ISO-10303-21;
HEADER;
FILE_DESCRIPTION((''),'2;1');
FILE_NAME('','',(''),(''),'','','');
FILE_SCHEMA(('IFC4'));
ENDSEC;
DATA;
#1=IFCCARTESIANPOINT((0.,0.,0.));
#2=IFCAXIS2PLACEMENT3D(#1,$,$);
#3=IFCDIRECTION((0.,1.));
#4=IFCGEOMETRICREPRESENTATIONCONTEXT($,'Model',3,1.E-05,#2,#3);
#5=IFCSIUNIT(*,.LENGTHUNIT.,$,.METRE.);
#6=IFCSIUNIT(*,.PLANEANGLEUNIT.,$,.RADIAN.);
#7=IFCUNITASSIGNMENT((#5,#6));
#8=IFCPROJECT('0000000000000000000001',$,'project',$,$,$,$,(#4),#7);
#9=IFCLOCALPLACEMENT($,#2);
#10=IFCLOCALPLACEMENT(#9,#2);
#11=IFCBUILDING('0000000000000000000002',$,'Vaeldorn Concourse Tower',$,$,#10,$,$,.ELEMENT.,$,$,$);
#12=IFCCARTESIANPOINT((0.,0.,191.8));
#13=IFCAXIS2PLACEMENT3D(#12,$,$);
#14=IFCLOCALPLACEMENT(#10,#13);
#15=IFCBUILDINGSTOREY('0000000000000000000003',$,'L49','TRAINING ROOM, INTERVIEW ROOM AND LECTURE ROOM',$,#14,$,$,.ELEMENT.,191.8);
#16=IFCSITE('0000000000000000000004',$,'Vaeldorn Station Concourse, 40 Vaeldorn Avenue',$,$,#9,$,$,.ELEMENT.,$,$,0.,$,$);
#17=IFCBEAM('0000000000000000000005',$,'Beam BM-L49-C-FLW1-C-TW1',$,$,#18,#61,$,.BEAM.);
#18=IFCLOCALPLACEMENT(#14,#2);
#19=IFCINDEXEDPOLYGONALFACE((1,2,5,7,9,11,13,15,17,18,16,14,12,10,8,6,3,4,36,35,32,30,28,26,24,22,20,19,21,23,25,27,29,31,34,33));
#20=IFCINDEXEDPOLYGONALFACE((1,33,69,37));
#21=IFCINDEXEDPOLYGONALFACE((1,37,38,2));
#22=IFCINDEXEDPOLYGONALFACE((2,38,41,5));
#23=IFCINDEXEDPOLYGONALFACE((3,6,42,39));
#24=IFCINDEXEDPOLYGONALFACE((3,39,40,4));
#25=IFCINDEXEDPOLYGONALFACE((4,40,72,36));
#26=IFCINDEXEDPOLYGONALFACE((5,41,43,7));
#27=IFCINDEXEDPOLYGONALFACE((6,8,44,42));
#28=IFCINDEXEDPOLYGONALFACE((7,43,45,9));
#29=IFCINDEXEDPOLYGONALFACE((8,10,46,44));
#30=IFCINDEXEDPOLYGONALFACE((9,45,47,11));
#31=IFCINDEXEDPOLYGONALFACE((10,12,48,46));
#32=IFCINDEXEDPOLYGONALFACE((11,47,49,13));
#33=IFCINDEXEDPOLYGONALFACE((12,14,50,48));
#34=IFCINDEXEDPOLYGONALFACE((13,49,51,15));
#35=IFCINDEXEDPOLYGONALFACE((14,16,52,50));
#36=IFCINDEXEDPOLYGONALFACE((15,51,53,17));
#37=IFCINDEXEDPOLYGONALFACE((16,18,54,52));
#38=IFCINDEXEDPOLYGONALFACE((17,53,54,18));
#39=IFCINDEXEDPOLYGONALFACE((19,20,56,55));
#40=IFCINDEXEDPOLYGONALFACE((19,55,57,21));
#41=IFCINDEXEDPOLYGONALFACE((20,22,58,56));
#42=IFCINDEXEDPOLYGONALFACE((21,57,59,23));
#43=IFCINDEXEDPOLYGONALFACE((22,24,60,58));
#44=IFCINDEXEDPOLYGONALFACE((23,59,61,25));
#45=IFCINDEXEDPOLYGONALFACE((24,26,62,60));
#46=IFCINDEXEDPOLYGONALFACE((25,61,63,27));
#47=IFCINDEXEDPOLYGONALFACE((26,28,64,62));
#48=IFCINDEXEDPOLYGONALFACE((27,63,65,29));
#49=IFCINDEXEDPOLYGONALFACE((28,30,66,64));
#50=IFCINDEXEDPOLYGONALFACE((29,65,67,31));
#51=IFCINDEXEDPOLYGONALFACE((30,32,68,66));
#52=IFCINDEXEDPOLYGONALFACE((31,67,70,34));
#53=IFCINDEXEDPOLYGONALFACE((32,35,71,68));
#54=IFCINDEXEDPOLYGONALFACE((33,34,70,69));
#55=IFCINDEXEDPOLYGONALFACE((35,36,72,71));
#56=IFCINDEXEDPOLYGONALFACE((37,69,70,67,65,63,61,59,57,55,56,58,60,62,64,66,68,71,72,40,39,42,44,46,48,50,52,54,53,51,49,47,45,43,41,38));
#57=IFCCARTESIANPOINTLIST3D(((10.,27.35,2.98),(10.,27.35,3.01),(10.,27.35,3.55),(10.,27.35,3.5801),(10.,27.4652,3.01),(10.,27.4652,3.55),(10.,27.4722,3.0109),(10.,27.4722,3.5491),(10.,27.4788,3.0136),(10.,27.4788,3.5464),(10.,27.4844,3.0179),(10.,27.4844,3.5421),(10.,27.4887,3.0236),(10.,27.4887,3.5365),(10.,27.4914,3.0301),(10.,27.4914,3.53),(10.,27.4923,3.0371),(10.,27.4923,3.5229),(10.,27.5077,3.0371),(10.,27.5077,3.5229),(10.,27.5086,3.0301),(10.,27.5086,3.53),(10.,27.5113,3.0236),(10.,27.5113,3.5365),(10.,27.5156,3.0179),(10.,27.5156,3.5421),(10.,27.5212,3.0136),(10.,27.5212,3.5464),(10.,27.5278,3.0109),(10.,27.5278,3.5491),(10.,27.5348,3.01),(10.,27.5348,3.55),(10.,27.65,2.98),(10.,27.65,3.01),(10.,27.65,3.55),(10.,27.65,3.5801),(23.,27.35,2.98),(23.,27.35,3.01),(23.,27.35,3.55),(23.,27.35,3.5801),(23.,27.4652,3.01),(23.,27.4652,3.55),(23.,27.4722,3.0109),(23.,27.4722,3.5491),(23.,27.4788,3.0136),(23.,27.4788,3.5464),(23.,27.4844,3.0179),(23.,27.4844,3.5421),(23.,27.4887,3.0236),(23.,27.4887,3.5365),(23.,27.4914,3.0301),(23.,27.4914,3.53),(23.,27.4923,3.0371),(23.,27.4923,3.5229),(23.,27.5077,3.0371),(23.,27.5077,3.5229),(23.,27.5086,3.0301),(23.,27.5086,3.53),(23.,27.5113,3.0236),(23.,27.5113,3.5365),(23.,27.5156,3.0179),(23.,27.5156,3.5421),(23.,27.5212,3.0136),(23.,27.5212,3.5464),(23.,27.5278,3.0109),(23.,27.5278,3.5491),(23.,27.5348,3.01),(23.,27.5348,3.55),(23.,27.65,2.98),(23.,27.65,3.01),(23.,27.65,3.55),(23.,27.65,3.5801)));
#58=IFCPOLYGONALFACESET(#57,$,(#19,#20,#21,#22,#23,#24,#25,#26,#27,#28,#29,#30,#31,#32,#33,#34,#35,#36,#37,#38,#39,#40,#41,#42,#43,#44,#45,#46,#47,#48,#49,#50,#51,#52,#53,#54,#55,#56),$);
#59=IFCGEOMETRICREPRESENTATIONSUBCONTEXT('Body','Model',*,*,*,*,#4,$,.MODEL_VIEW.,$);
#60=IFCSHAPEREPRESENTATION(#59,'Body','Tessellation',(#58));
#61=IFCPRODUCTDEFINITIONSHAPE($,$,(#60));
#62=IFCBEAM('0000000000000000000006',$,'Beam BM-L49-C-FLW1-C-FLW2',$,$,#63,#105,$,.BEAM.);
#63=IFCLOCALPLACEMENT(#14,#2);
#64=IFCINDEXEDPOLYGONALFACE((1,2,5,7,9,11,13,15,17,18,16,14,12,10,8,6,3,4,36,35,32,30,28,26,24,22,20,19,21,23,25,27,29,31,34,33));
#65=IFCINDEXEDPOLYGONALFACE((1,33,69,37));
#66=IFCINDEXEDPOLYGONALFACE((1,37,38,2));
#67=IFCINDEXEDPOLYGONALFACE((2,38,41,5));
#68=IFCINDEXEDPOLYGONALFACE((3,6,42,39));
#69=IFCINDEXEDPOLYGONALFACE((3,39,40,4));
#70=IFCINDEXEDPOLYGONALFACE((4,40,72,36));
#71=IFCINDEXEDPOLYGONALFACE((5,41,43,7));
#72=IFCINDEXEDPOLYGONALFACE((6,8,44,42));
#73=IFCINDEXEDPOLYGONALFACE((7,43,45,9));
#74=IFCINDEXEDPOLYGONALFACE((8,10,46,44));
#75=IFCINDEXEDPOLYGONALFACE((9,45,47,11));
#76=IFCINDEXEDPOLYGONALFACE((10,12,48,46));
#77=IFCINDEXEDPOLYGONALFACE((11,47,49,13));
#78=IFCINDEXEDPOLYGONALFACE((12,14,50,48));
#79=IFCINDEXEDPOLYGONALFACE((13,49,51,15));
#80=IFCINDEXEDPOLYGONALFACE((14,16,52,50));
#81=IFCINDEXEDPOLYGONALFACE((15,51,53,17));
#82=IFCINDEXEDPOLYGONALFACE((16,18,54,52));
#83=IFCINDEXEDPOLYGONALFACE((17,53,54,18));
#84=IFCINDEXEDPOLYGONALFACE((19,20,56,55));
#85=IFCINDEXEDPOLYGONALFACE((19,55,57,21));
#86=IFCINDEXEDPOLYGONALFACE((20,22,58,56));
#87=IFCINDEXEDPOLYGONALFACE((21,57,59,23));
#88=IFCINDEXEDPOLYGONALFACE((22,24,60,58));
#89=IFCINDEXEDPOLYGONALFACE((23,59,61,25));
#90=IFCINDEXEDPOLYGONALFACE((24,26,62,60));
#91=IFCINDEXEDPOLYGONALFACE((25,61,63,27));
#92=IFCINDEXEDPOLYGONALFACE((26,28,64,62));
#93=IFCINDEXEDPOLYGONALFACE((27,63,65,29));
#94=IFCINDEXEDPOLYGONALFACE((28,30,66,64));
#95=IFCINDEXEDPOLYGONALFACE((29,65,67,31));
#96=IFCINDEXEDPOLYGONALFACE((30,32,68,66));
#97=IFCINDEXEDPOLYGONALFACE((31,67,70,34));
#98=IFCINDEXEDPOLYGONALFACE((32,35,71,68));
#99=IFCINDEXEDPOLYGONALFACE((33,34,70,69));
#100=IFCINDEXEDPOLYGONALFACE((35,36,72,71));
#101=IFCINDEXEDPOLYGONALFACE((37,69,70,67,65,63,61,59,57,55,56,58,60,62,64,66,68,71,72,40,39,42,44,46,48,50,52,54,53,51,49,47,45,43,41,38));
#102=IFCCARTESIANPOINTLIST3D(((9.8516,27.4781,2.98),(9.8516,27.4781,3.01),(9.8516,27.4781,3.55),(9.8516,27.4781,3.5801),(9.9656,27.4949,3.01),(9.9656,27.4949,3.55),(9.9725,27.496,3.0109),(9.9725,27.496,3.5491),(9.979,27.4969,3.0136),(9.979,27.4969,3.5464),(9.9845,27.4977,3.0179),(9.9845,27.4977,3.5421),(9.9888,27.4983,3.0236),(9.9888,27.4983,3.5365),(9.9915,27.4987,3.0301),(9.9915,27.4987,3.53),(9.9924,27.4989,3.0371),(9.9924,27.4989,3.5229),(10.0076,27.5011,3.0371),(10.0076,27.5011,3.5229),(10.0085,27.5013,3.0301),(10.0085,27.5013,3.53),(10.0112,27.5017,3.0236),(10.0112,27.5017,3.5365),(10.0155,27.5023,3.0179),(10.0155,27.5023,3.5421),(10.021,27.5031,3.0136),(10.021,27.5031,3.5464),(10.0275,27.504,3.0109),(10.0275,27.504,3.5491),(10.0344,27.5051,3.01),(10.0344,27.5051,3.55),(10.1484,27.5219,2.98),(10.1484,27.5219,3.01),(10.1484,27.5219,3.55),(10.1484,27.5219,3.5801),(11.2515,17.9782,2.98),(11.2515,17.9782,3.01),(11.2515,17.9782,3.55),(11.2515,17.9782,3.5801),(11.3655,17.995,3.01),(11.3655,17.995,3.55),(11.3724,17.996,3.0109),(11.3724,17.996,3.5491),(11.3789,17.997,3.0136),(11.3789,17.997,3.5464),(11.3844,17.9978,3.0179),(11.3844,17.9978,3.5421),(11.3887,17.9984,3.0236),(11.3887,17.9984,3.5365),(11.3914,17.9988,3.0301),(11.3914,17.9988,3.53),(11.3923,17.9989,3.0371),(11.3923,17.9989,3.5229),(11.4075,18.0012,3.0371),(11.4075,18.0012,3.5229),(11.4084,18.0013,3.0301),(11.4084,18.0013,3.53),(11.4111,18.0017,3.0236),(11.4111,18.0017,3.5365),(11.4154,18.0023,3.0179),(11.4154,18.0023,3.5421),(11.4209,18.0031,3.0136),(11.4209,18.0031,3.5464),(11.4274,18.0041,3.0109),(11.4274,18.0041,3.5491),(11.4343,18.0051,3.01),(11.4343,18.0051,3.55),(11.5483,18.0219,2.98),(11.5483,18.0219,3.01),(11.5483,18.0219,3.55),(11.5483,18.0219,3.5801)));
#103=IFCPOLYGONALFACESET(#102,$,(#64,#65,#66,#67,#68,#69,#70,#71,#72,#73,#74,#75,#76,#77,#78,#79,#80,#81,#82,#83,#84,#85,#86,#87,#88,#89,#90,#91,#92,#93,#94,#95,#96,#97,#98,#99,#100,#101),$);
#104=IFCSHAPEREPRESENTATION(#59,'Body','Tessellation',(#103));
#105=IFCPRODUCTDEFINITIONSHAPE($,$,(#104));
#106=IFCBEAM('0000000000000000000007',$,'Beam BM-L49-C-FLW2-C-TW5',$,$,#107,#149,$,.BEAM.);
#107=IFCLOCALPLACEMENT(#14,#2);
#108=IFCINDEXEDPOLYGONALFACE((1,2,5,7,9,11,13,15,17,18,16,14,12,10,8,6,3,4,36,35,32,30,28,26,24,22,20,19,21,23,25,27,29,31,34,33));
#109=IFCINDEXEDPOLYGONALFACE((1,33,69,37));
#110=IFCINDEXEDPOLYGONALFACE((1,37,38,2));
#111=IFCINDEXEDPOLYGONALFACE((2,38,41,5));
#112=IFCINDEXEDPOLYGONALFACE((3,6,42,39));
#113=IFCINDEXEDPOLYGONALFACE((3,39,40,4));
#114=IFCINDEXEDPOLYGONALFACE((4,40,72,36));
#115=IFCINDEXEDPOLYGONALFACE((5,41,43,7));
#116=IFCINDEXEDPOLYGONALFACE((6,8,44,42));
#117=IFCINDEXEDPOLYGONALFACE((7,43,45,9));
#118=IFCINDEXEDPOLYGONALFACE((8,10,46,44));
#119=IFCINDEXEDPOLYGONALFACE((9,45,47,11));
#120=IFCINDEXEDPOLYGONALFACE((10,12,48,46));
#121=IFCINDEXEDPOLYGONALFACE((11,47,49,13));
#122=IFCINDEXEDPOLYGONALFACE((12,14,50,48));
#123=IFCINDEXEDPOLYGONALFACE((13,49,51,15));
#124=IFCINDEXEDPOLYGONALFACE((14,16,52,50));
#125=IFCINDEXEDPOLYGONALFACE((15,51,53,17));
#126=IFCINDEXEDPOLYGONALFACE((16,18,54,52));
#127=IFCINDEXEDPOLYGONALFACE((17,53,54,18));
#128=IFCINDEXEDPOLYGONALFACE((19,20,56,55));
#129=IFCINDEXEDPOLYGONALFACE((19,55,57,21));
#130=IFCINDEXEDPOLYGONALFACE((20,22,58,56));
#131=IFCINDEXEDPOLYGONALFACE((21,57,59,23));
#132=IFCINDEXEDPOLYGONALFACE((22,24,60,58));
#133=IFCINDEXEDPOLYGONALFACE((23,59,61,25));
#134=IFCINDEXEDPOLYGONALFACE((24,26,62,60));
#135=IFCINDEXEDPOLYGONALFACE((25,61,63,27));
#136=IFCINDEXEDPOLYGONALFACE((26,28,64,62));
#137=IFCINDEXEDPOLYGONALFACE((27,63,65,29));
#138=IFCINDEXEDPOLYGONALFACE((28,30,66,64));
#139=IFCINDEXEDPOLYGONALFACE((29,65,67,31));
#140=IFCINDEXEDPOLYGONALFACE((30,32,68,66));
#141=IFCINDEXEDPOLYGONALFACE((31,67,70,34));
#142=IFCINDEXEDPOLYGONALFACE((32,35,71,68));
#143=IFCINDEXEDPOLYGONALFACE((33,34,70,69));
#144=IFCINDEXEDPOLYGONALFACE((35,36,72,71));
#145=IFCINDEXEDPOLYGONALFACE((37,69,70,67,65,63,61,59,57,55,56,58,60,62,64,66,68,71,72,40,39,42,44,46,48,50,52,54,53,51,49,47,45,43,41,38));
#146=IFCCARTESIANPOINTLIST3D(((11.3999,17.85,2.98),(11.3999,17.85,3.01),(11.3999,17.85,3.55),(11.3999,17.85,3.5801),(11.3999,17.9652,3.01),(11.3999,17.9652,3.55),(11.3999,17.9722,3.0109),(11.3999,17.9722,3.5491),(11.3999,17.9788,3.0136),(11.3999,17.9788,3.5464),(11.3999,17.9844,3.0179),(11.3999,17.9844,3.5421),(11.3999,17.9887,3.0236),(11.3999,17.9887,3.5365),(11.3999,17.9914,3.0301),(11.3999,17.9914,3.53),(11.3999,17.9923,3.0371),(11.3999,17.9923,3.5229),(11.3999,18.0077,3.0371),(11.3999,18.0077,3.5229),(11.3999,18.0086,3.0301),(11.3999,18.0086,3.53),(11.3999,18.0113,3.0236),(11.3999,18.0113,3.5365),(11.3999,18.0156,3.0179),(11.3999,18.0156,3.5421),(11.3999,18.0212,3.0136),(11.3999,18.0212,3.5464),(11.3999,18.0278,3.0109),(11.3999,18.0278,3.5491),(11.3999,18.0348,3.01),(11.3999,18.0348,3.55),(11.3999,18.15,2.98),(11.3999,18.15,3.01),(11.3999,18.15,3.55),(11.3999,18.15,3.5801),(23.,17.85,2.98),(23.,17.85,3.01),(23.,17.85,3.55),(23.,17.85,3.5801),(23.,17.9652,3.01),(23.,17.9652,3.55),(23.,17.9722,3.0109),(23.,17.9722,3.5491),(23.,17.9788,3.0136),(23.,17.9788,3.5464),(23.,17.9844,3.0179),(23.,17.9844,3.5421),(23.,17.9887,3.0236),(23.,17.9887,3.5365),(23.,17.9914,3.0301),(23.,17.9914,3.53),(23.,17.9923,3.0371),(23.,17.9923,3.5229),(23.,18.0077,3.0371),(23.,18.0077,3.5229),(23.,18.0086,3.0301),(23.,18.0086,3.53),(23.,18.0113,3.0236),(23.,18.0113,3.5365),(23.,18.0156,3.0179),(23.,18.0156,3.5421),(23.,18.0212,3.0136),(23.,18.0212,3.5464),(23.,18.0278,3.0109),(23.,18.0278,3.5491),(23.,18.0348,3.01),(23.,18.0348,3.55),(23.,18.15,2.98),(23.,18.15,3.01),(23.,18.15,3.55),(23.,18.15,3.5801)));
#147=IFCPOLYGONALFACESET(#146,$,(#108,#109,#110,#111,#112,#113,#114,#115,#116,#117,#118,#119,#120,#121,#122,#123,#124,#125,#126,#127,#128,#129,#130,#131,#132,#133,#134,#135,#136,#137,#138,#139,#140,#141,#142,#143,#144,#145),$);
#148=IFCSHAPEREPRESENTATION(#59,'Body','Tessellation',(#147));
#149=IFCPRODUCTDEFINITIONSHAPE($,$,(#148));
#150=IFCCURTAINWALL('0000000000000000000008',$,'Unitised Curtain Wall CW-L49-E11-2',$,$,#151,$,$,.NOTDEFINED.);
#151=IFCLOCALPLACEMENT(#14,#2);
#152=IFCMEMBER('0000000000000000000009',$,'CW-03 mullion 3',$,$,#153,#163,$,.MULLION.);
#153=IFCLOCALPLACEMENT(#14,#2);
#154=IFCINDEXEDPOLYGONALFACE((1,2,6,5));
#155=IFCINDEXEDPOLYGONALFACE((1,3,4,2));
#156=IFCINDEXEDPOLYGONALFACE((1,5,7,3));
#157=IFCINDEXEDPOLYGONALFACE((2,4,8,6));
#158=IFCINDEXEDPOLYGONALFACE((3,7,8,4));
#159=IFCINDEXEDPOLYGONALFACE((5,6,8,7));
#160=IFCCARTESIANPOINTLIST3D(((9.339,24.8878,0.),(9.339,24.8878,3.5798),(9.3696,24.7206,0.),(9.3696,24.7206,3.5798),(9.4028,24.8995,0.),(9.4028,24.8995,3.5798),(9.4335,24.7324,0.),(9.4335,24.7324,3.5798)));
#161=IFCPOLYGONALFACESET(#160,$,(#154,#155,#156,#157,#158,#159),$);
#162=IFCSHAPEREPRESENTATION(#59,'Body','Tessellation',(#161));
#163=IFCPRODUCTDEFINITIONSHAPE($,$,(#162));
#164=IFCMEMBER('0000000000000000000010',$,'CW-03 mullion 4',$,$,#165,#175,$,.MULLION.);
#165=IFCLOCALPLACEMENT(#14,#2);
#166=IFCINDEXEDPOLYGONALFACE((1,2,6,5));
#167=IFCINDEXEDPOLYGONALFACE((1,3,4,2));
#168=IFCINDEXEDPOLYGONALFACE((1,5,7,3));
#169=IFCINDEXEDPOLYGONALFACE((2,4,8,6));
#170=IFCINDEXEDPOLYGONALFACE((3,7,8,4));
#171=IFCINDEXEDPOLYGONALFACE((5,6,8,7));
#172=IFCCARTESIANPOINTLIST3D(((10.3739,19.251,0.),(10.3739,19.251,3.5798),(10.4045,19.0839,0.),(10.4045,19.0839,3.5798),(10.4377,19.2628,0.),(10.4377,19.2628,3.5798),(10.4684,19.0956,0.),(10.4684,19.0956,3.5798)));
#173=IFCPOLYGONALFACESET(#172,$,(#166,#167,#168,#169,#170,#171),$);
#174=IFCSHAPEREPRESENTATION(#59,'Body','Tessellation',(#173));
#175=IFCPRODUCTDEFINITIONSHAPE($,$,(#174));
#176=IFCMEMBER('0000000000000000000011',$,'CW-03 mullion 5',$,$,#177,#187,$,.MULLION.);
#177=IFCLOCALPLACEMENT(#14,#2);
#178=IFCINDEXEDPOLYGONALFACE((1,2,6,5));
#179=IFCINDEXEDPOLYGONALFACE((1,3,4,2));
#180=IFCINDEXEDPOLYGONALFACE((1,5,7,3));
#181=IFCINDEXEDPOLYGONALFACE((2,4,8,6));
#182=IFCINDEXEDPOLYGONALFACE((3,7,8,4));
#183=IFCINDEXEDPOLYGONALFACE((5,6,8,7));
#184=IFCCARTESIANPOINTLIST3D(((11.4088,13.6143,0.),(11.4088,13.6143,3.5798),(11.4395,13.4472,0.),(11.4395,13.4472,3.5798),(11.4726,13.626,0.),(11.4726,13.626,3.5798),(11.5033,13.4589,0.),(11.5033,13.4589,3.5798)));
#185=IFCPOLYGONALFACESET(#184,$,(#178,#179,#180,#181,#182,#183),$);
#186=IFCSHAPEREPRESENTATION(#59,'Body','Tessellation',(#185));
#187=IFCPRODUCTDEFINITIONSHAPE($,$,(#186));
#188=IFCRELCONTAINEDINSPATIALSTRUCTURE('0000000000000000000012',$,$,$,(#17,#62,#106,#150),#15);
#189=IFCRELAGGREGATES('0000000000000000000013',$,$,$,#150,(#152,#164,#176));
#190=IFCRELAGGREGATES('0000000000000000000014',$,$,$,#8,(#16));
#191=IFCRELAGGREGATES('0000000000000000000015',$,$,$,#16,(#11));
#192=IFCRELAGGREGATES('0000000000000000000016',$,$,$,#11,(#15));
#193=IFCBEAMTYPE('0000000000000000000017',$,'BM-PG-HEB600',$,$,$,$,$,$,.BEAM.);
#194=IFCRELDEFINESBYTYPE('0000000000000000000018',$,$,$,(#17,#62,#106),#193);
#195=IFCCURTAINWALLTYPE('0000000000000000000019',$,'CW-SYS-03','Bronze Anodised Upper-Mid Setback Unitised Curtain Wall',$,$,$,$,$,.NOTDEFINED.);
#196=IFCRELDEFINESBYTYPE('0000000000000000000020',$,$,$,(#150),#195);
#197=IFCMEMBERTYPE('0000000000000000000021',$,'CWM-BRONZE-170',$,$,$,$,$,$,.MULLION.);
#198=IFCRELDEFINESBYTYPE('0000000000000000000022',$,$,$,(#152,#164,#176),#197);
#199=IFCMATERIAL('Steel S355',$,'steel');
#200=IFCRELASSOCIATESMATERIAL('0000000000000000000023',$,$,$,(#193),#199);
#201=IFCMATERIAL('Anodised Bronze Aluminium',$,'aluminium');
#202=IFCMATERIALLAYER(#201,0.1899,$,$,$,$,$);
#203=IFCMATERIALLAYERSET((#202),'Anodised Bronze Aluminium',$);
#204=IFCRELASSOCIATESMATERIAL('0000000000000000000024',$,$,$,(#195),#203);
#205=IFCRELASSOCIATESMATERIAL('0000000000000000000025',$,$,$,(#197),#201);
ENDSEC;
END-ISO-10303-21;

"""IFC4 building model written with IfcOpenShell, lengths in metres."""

from ifc_helpers import new_model, si_unit, direction, frame, origin, origin_2d, place, context, subcontext, project, spatial, rectangle, i_section, extrude, source, transform, mapped, material, layer, layer_set, material_profile, profile_set, type_object, element, aggregate, save


model = new_model("IFC4")

# Units and contexts
model_context = context("Model", 3, precision=1e-05, world=origin(), true_north=direction((0.0, 1.0)))
body_context = subcontext(model_context, "Body", "Model", "MODEL_VIEW")
ifc_project = project(units=[si_unit("LENGTHUNIT", "METRE"), si_unit("PLANEANGLEUNIT", "RADIAN")], contexts=[model_context])

# Site, building, storey
site_placement = place(None, origin())
site = spatial("IfcSite", under=ifc_project, at=site_placement, Name="Vaeldorn Station Concourse, 40 Vaeldorn Avenue", CompositionType="ELEMENT", RefElevation=0.0)
building_placement = place(site_placement, origin())
building = spatial("IfcBuilding", under=site, at=building_placement, Name="Vaeldorn Concourse Tower", CompositionType="ELEMENT")
storey_placement = place(building_placement, frame((0.0, 0.0, 191.8)))
storey = spatial("IfcBuildingStorey", under=building, at=storey_placement, Name="L49", Description="TRAINING ROOM, INTERVIEW ROOM AND LECTURE ROOM", CompositionType="ELEMENT", Elevation=191.8)

# Shared definitions
ifc_material_1 = material(Name="Steel S355", Category="steel")

# Beams
ifc_material_profile_1 = material_profile(ifc_material_1, i_section(OverallWidth=0.3, OverallDepth=0.6001, WebThickness=0.0154, FlangeThickness=0.03, FilletRadius=0.0271, at=origin_2d()), Name="HEB 600")
ifc_profile_set_1 = profile_set([ifc_material_profile_1], Name="Steel S355")
beam_type_1 = type_object("IfcBeamType", Name="BM-PG-HEB600", PredefinedType="BEAM", material=ifc_profile_set_1)
shared_shape_1 = source(origin(), body_context, "Body", "SweptSolid", [
    extrude(i_section(OverallWidth=0.3, OverallDepth=0.6001, WebThickness=0.0154, FlangeThickness=0.03, FilletRadius=0.0271, at=origin_2d()), origin(), (0.0, 0.0, 1.0), 13.0),
])
beam_1_placement = place(storey_placement, frame((10.0, 27.5, 3.28), z_axis=(1.0, 0.0, 0.0), x_axis=(0.0, 1.0, 0.0)))
element("IfcBeam", 1, at=beam_1_placement, inside=storey, type_object=beam_type_1, Name="Beam BM-L49-C-FLW1-C-TW1", PredefinedType="BEAM", context=body_context, shape_type="MappedRepresentation", body=[
    mapped(shared_shape_1, transform((0.0, 0.0, 0.0), scale=1.0)),
])
shared_shape_2 = source(origin(), body_context, "Body", "SweptSolid", [
    extrude(i_section(OverallWidth=0.3, OverallDepth=0.6001, WebThickness=0.0154, FlangeThickness=0.03, FilletRadius=0.0271, at=origin_2d()), origin(), (0.0, 0.0, 1.0), 9.6025),
])
beam_2_placement = place(storey_placement, frame((10.0, 27.5, 3.28), z_axis=(0.145784, -0.989316, 0.0), x_axis=(0.989316, 0.145784, 0.0)))
element("IfcBeam", 2, at=beam_2_placement, inside=storey, type_object=beam_type_1, Name="Beam BM-L49-C-FLW1-C-FLW2", PredefinedType="BEAM", context=body_context, shape_type="MappedRepresentation", body=[
    mapped(shared_shape_2, transform((0.0, 0.0, 0.0), scale=1.0)),
])
shared_shape_3 = source(origin(), body_context, "Body", "SweptSolid", [
    extrude(i_section(OverallWidth=0.3, OverallDepth=0.6001, WebThickness=0.0154, FlangeThickness=0.03, FilletRadius=0.0271, at=origin_2d()), origin(), (0.0, 0.0, 1.0), 11.6001),
])
beam_3_placement = place(storey_placement, frame((11.3999, 18.0, 3.28), z_axis=(1.0, 0.0, 0.0), x_axis=(0.0, 1.0, 0.0)))
element("IfcBeam", 3, at=beam_3_placement, inside=storey, type_object=beam_type_1, Name="Beam BM-L49-C-FLW2-C-TW5", PredefinedType="BEAM", context=body_context, shape_type="MappedRepresentation", body=[
    mapped(shared_shape_3, transform((0.0, 0.0, 0.0), scale=1.0)),
])

# Curtain wall, members
ifc_material_2 = material(Name="Anodised Bronze Aluminium", Category="aluminium")
ifc_layer_1 = layer(ifc_material_2, 0.1899)
ifc_layer_set_1 = layer_set([ifc_layer_1], Name="Anodised Bronze Aluminium")
curtain_wall_type = type_object("IfcCurtainWallType", Name="CW-SYS-03", Description="Bronze Anodised Upper-Mid Setback Unitised Curtain Wall", PredefinedType="NOTDEFINED", material=ifc_layer_set_1)
curtain_wall_placement = place(storey_placement, origin())
curtain_wall = element("IfcCurtainWall", 4, at=curtain_wall_placement, inside=storey, type_object=curtain_wall_type, Name="Unitised Curtain Wall CW-L49-E11-2", PredefinedType="NOTDEFINED")
ifc_material_profile_2 = material_profile(ifc_material_2, rectangle(XDim=0.0649, YDim=0.1699, at=origin_2d()), Name="CWM 65x170")
ifc_profile_set_2 = profile_set([ifc_material_profile_2], Name="Anodised Bronze Aluminium")
member_type_1 = type_object("IfcMemberType", Name="CWM-BRONZE-170", PredefinedType="MULLION", material=ifc_profile_set_2)
shared_shape_4 = source(origin(), body_context, "Body", "SweptSolid", [
    extrude(rectangle(XDim=0.0649, YDim=0.1699, at=origin_2d()), origin(), (0.0, 0.0, 1.0), 3.5798),
])
member_1_placement = place(storey_placement, frame((9.3862, 24.8101, 0.0), z_axis=(0.0, 0.0, 1.0), x_axis=(0.983559, 0.180585, 0.0)))
member_1 = element("IfcMember", 5, at=member_1_placement, type_object=member_type_1, Name="CW-03 mullion 3", PredefinedType="MULLION", context=body_context, shape_type="MappedRepresentation", body=[
    mapped(shared_shape_4, transform((0.0, 0.0, 0.0), scale=1.0)),
])
member_2_placement = place(storey_placement, frame((10.4211, 19.1733, 0.0), z_axis=(0.0, 0.0, 1.0), x_axis=(0.983559, 0.180585, 0.0)))
member_2 = element("IfcMember", 6, at=member_2_placement, type_object=member_type_1, Name="CW-03 mullion 4", PredefinedType="MULLION", context=body_context, shape_type="MappedRepresentation", body=[
    mapped(shared_shape_4, transform((0.0, 0.0, 0.0), scale=1.0)),
])
member_3_placement = place(storey_placement, frame((11.4561, 13.5366, 0.0), z_axis=(0.0, 0.0, 1.0), x_axis=(0.983559, 0.180585, 0.0)))
member_3 = element("IfcMember", 7, at=member_3_placement, type_object=member_type_1, Name="CW-03 mullion 5", PredefinedType="MULLION", context=body_context, shape_type="MappedRepresentation", body=[
    mapped(shared_shape_4, transform((0.0, 0.0, 0.0), scale=1.0)),
])
aggregate(curtain_wall, [member_1, member_2, member_3])

save(model, "model.ifc")
